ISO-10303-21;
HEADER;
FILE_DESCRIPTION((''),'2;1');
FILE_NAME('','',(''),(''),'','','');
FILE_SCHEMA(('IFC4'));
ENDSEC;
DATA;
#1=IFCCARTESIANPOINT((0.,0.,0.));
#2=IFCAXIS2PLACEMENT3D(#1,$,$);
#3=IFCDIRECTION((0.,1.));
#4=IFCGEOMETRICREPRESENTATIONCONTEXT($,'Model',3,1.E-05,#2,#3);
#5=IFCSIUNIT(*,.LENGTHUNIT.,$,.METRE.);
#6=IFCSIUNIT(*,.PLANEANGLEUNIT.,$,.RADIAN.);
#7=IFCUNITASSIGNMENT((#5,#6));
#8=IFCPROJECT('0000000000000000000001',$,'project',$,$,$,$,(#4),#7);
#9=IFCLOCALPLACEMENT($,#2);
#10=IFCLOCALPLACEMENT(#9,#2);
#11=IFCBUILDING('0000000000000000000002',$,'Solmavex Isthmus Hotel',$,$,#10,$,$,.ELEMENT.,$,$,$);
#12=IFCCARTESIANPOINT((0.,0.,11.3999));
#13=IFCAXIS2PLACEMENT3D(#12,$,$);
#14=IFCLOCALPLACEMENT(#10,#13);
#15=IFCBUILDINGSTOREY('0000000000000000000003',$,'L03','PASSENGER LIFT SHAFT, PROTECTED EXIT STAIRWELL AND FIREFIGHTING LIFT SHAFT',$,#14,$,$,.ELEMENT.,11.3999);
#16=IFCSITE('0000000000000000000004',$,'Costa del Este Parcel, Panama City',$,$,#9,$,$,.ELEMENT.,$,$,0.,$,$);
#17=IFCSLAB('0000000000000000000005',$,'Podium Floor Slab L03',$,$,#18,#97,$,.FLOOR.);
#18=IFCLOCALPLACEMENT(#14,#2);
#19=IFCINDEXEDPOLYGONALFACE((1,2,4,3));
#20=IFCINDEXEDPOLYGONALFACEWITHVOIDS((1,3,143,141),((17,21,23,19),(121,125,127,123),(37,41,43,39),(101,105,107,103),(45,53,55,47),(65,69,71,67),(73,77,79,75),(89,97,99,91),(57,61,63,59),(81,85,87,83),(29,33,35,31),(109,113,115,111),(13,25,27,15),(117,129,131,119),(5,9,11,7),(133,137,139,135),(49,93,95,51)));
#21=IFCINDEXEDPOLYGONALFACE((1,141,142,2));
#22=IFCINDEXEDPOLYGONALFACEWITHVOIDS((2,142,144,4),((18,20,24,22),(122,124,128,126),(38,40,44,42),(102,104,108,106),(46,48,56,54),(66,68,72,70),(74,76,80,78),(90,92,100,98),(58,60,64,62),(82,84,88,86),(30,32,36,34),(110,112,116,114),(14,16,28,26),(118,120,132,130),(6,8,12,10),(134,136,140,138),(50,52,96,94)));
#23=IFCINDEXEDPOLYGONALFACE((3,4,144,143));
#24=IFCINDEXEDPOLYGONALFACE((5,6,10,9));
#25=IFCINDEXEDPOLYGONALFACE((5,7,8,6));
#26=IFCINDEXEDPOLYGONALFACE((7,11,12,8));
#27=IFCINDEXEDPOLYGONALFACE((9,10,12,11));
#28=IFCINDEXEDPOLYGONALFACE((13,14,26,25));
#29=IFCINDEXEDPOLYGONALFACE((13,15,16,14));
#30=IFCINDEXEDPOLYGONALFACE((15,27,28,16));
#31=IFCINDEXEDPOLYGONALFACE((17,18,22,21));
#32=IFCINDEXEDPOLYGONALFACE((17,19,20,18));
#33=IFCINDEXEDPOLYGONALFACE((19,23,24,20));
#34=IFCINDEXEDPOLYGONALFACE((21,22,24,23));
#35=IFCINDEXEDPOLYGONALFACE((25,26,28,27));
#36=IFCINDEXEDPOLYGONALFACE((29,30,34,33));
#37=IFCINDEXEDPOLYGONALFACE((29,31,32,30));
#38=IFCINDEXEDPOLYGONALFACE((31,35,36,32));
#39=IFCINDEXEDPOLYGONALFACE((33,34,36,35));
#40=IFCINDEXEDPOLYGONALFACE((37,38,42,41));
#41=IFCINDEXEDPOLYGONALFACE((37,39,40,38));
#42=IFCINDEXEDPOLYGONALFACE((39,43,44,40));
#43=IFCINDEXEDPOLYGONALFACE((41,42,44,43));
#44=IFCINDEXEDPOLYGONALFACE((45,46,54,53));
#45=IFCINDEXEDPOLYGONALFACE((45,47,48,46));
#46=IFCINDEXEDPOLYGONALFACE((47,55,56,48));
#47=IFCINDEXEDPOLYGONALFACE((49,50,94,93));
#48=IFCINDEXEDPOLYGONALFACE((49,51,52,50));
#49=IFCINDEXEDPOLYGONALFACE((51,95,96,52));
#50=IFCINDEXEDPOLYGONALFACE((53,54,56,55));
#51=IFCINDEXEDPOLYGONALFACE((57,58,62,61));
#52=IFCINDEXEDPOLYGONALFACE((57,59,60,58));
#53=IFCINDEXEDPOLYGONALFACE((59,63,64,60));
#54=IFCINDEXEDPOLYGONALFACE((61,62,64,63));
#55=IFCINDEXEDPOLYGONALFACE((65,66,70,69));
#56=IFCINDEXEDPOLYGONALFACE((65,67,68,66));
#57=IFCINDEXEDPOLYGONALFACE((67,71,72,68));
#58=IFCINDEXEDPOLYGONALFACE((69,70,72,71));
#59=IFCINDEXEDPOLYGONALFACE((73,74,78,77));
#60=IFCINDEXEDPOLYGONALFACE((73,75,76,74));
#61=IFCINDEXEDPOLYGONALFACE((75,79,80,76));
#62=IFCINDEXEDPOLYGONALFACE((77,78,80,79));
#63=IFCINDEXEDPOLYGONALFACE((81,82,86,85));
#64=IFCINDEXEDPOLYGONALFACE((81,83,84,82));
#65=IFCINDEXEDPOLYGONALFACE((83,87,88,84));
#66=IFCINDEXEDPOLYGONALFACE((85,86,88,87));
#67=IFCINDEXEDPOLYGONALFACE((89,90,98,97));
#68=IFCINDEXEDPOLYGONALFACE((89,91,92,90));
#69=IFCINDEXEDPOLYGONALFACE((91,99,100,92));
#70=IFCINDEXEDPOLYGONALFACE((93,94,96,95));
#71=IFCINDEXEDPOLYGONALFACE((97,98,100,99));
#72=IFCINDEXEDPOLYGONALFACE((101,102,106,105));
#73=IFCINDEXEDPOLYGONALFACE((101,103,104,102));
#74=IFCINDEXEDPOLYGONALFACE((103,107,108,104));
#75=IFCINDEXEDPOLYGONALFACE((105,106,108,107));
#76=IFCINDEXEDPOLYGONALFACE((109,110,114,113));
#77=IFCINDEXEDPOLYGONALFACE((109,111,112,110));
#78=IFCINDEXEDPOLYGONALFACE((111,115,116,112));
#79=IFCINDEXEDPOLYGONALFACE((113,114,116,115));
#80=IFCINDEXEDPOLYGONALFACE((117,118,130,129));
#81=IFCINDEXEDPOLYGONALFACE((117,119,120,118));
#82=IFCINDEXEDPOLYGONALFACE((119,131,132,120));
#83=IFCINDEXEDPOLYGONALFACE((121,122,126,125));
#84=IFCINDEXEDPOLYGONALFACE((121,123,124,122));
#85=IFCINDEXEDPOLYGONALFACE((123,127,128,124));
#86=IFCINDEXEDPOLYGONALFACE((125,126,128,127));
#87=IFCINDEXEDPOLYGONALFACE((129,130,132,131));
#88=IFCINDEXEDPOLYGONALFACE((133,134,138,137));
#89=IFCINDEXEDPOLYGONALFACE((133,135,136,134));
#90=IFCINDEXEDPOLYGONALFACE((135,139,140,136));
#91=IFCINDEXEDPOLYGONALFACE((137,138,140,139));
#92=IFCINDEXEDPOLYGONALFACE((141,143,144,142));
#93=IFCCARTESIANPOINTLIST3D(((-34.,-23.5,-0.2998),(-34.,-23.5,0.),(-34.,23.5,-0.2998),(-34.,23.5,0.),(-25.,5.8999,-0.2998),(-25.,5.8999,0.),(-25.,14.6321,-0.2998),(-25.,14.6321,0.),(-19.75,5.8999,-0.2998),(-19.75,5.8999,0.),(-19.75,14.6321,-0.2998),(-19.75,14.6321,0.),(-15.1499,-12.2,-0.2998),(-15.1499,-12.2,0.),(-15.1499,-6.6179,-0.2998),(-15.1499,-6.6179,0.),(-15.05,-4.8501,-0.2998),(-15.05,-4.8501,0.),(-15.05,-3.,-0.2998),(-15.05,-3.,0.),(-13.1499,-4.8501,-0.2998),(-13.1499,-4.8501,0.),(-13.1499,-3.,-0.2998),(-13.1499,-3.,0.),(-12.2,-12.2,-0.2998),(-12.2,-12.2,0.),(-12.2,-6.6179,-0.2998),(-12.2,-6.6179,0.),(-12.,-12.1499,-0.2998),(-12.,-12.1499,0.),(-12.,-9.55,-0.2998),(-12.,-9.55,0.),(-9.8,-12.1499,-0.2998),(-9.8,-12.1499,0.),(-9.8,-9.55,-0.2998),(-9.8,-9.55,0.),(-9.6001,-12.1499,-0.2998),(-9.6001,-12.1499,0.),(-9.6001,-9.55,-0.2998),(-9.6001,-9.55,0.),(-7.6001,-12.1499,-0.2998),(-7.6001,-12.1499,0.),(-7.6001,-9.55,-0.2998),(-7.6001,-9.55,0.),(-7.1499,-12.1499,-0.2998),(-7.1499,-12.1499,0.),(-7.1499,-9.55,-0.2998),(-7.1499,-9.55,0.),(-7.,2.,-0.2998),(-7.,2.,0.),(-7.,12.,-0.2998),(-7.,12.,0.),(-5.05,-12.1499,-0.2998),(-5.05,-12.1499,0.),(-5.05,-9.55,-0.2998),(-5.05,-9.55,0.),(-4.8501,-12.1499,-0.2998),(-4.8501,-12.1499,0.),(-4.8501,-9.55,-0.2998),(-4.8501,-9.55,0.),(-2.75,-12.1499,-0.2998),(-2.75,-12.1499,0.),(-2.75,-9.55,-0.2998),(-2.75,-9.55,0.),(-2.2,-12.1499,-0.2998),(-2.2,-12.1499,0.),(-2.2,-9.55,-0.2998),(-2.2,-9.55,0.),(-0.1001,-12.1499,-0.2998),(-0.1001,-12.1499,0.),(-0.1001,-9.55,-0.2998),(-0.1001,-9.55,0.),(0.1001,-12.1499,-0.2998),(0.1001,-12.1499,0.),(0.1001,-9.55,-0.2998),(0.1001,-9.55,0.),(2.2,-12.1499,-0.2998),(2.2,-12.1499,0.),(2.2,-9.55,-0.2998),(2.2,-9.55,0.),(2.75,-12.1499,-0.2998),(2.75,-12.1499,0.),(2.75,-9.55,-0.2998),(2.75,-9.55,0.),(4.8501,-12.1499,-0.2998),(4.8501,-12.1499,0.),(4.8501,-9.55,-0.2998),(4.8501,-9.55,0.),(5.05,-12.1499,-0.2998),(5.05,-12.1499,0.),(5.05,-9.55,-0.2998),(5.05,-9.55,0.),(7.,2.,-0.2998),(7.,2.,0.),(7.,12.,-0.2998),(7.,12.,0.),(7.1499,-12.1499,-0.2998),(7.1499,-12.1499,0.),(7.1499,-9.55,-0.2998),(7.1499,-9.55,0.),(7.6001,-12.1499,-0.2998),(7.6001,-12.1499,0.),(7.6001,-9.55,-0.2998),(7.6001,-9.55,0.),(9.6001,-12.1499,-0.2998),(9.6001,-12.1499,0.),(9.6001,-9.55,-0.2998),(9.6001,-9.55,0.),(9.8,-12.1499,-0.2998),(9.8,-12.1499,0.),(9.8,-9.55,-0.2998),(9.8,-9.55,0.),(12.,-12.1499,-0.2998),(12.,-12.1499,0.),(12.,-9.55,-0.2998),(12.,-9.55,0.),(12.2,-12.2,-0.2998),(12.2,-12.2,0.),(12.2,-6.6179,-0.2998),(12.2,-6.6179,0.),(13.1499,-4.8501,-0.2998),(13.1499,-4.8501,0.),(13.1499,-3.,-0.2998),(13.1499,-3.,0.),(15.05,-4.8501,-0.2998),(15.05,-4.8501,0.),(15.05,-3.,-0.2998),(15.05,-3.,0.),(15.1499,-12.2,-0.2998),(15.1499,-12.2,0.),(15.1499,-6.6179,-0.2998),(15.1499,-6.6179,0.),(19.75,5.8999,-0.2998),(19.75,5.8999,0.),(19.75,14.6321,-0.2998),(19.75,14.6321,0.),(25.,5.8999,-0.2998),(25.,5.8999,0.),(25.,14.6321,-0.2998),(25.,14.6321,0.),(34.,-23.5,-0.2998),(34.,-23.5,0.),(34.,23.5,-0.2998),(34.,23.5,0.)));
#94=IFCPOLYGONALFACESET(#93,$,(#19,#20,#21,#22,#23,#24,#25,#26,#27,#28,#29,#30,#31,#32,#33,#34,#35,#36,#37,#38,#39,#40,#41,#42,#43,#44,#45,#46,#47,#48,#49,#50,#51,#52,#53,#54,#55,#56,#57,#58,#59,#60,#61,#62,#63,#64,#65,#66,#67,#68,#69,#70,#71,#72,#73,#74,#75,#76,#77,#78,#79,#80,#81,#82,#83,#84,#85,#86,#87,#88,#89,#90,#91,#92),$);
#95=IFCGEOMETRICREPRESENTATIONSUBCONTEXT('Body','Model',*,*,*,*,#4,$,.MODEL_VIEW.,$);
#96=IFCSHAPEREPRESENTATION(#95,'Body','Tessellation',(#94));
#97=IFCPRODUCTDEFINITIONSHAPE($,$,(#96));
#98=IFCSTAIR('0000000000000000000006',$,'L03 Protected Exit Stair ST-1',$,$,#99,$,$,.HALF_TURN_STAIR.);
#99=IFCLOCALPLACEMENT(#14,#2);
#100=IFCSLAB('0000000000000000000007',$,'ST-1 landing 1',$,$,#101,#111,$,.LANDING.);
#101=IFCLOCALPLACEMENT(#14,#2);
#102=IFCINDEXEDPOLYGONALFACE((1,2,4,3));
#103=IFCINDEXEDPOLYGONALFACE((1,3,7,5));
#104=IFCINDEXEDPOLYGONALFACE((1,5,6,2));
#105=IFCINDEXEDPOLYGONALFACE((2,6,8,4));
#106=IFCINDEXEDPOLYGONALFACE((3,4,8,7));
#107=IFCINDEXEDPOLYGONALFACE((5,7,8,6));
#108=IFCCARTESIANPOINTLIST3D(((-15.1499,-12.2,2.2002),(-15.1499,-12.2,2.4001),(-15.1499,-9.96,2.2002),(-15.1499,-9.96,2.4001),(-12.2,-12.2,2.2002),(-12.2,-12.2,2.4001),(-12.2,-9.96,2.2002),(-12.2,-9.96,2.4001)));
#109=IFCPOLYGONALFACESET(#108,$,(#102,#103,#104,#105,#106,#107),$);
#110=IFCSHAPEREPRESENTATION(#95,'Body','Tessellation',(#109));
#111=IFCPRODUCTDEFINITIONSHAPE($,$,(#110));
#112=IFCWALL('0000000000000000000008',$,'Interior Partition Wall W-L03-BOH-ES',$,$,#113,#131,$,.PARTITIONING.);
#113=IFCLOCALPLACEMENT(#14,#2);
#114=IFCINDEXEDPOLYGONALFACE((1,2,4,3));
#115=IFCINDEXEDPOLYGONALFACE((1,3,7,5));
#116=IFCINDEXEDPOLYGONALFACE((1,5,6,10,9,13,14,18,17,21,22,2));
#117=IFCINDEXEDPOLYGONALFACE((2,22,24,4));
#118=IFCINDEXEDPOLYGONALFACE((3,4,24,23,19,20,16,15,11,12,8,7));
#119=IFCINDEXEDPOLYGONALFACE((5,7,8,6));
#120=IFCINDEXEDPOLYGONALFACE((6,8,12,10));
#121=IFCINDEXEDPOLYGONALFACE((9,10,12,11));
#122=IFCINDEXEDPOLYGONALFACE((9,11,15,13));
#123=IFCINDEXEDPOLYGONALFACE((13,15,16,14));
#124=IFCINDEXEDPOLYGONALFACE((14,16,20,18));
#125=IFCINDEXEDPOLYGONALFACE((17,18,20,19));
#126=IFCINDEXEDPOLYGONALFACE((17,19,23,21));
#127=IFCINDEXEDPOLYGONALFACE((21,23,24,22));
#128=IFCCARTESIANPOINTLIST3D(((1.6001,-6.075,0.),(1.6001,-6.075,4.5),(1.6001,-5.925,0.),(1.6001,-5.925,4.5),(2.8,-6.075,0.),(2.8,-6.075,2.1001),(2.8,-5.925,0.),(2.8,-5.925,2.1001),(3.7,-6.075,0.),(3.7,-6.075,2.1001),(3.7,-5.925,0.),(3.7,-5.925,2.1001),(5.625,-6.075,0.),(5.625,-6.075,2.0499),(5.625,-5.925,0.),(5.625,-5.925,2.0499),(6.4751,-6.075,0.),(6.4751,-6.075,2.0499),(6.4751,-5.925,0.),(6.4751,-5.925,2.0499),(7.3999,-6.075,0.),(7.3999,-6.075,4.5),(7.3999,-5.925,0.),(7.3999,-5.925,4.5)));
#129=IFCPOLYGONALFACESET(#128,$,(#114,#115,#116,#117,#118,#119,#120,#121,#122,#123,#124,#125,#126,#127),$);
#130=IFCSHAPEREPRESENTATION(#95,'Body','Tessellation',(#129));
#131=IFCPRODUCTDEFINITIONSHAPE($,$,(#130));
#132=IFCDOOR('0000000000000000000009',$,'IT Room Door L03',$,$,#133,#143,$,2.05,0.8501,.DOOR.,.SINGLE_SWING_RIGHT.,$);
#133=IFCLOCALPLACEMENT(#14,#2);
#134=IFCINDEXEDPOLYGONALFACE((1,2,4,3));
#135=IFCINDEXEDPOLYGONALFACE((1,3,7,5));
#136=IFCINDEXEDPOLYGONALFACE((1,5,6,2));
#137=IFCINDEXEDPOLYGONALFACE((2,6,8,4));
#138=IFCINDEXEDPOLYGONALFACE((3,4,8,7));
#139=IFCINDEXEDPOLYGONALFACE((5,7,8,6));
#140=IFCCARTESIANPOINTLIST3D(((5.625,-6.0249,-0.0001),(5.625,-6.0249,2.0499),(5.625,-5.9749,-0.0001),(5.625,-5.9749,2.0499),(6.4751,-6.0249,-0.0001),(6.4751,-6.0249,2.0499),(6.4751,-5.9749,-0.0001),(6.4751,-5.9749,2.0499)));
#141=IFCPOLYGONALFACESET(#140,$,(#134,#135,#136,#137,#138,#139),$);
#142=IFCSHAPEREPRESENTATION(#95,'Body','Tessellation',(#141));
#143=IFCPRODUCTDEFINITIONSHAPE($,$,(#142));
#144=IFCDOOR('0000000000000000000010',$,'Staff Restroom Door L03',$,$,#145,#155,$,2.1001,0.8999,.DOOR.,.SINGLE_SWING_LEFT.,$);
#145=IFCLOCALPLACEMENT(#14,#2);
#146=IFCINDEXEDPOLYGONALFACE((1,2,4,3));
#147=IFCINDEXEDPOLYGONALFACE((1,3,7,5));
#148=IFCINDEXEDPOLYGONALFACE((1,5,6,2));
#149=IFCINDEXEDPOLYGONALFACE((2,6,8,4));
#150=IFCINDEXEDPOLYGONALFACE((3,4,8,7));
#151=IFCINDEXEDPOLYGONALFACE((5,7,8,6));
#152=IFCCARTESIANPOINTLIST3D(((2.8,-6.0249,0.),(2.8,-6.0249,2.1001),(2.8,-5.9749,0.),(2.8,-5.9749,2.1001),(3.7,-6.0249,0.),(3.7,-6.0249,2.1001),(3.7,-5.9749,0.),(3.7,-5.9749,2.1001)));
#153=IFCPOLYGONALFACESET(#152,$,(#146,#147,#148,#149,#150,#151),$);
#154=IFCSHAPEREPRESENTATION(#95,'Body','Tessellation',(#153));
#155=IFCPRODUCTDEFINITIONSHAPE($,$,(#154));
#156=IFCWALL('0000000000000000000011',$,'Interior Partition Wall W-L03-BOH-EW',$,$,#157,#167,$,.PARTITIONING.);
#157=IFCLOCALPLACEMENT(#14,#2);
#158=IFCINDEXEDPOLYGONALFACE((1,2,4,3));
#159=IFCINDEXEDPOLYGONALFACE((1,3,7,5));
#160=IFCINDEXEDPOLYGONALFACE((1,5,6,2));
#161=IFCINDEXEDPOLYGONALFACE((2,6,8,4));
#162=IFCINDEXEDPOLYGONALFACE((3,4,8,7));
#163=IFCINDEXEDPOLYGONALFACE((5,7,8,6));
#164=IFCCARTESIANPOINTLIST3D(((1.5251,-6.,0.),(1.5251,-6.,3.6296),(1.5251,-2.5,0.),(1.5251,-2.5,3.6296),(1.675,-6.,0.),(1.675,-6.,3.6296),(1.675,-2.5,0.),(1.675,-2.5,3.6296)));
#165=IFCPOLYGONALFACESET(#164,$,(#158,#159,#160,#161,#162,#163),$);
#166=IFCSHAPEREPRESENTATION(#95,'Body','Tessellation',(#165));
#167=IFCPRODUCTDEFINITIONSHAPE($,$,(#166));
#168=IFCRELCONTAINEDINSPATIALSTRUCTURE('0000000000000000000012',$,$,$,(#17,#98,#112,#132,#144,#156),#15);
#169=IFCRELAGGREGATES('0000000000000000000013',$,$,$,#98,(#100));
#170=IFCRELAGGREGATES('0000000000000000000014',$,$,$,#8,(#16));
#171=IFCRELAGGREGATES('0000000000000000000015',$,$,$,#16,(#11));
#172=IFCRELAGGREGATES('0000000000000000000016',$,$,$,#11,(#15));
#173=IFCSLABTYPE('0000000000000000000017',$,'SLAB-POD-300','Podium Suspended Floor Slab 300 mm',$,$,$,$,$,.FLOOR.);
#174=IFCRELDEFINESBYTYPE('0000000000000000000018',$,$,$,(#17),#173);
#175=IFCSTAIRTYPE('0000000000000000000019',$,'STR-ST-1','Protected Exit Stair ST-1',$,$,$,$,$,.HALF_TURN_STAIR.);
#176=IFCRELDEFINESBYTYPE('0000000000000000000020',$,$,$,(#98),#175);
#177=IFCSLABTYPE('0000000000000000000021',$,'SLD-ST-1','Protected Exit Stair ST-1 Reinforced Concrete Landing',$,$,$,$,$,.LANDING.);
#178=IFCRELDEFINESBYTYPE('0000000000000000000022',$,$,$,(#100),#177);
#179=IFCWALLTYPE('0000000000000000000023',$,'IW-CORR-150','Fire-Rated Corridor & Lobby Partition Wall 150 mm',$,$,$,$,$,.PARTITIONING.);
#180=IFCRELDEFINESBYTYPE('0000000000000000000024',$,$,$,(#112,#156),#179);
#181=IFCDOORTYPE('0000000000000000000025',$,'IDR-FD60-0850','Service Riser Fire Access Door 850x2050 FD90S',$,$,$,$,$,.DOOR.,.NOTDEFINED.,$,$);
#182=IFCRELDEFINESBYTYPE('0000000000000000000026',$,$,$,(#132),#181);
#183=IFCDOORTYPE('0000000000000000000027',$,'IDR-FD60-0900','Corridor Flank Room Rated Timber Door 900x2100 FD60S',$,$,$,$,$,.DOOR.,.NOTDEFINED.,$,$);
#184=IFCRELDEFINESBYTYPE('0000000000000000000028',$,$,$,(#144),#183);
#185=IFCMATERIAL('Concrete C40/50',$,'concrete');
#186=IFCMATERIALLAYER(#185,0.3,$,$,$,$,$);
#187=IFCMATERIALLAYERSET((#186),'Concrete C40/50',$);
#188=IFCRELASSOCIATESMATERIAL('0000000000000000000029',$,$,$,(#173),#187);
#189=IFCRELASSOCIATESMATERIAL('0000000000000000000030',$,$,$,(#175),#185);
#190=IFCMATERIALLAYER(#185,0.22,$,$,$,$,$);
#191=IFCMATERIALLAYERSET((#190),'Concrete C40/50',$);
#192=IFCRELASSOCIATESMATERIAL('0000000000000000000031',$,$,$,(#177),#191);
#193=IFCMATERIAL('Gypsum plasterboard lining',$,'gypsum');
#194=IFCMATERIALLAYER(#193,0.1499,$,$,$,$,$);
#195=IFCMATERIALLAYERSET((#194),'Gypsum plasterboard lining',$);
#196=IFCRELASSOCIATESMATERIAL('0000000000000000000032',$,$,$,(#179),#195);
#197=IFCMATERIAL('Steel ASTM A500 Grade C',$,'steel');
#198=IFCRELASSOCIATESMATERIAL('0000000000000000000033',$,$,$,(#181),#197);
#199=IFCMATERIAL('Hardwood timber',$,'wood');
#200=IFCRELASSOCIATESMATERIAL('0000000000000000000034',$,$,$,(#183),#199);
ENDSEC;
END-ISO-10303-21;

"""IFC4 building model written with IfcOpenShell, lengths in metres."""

from ifc_helpers import new_model, si_unit, direction, frame, frame_2d, origin, place, context, subcontext, project, spatial, polyline, rectangle, outline, extrude, material, layer, layer_set, type_object, element, fill, aggregate, save


model = new_model("IFC4")

# Units and contexts
model_context = context("Model", 3, precision=1e-05, world=origin(), true_north=direction((0.0, 1.0)))
body_context = subcontext(model_context, "Body", "Model", "MODEL_VIEW")
ifc_project = project(units=[si_unit("LENGTHUNIT", "METRE"), si_unit("PLANEANGLEUNIT", "RADIAN")], contexts=[model_context])

# Site, building, storey
site_placement = place(None, origin())
site = spatial("IfcSite", under=ifc_project, at=site_placement, Name="Costa del Este Parcel, Panama City", CompositionType="ELEMENT", RefElevation=0.0)
building_placement = place(site_placement, origin())
building = spatial("IfcBuilding", under=site, at=building_placement, Name="Solmavex Isthmus Hotel", CompositionType="ELEMENT")
storey_placement = place(building_placement, frame((0.0, 0.0, 11.3999)))
storey = spatial("IfcBuildingStorey", under=building, at=storey_placement, Name="L03", Description="PASSENGER LIFT SHAFT, PROTECTED EXIT STAIRWELL AND FIREFIGHTING LIFT SHAFT", CompositionType="ELEMENT", Elevation=11.3999)

# Slab
ifc_material_1 = material(Name="Concrete C40/50", Category="concrete")
ifc_layer_1 = layer(ifc_material_1, 0.3)
ifc_layer_set_1 = layer_set([ifc_layer_1], Name="Concrete C40/50")
slab_type_1 = type_object("IfcSlabType", Name="SLAB-POD-300", Description="Podium Suspended Floor Slab 300 mm", PredefinedType="FLOOR", material=ifc_layer_set_1)
slab_1_placement = place(storey_placement, frame((0.0, 0.0, -0.2998)))
element("IfcSlab", 1, at=slab_1_placement, inside=storey, type_object=slab_type_1, Name="Podium Floor Slab L03", PredefinedType="FLOOR", context=body_context, shape_type="SweptSolid", body=[
    extrude(outline(polyline([(-34.0, -23.5), (34.0, -23.5), (34.0, 23.5), (-34.0, 23.5), (-34.0, -23.5)]), holes=[polyline([(-15.1499, -6.6179), (-15.1499, -12.2), (-12.2, -12.2), (-12.2, -6.6179), (-15.1499, -6.6179)]), polyline([(12.2, -6.6179), (12.2, -12.2), (15.1499, -12.2), (15.1499, -6.6179), (12.2, -6.6179)]), polyline([(19.75, 14.6321), (19.75, 5.8999), (25.0, 5.8999), (25.0, 14.6321), (19.75, 14.6321)]), polyline([(-25.0, 14.6321), (-25.0, 5.8999), (-19.75, 5.8999), (-19.75, 14.6321), (-25.0, 14.6321)]), polyline([(-12.0, -12.1499), (-9.8, -12.1499), (-9.8, -9.55), (-12.0, -9.55), (-12.0, -12.1499)]), polyline([(9.8, -12.1499), (12.0, -12.1499), (12.0, -9.55), (9.8, -9.55), (9.8, -12.1499)]), polyline([(-9.6001, -12.1499), (-7.6001, -12.1499), (-7.6001, -9.55), (-9.6001, -9.55), (-9.6001, -12.1499)]), polyline([(7.6001, -12.1499), (9.6001, -12.1499), (9.6001, -9.55), (7.6001, -9.55), (7.6001, -12.1499)]), polyline([(-7.1499, -12.1499), (-5.05, -12.1499), (-5.05, -9.55), (-7.1499, -9.55), (-7.1499, -12.1499)]), polyline([(-4.8501, -12.1499), (-2.75, -12.1499), (-2.75, -9.55), (-4.8501, -9.55), (-4.8501, -12.1499)]), polyline([(-2.2, -12.1499), (-0.1001, -12.1499), (-0.1001, -9.55), (-2.2, -9.55), (-2.2, -12.1499)]), polyline([(0.1001, -12.1499), (2.2, -12.1499), (2.2, -9.55), (0.1001, -9.55), (0.1001, -12.1499)]), polyline([(2.75, -12.1499), (4.8501, -12.1499), (4.8501, -9.55), (2.75, -9.55), (2.75, -12.1499)]), polyline([(5.05, -12.1499), (7.1499, -12.1499), (7.1499, -9.55), (5.05, -9.55), (5.05, -12.1499)]), polyline([(-7.0, 2.0), (7.0, 2.0), (7.0, 12.0), (-7.0, 12.0), (-7.0, 2.0)]), polyline([(-15.05, -4.8501), (-13.1499, -4.8501), (-13.1499, -3.0), (-15.05, -3.0), (-15.05, -4.8501)]), polyline([(13.1499, -4.8501), (15.05, -4.8501), (15.05, -3.0), (13.1499, -3.0), (13.1499, -4.8501)])]), origin(), (0.0, 0.0, 1.0), 0.2998),
])

# Stair, slab
stair_type_1 = type_object("IfcStairType", Name="STR-ST-1", Description="Protected Exit Stair ST-1", PredefinedType="HALF_TURN_STAIR", material=ifc_material_1)
stair_1_placement = place(storey_placement, origin())
stair_1 = element("IfcStair", 2, at=stair_1_placement, inside=storey, type_object=stair_type_1, Name="L03 Protected Exit Stair ST-1", PredefinedType="HALF_TURN_STAIR")
ifc_layer_2 = layer(ifc_material_1, 0.22)
ifc_layer_set_2 = layer_set([ifc_layer_2], Name="Concrete C40/50")
slab_type_2 = type_object("IfcSlabType", Name="SLD-ST-1", Description="Protected Exit Stair ST-1 Reinforced Concrete Landing", PredefinedType="LANDING", material=ifc_layer_set_2)
slab_2_placement = place(storey_placement, frame((0.0, 0.0, 2.2002)))
slab_2 = element("IfcSlab", 3, at=slab_2_placement, type_object=slab_type_2, Name="ST-1 landing 1", PredefinedType="LANDING", context=body_context, shape_type="SweptSolid", body=[
    extrude(outline(polyline([(-15.1499, -9.96), (-15.1499, -12.2), (-12.2, -12.2), (-12.2, -9.96), (-15.1499, -9.96)])), origin(), (0.0, 0.0, 1.0), 0.2),
])
aggregate(stair_1, [slab_2])

# Wall, openings, doors
ifc_material_2 = material(Name="Gypsum plasterboard lining", Category="gypsum")
ifc_layer_3 = layer(ifc_material_2, 0.1499)
ifc_layer_set_3 = layer_set([ifc_layer_3], Name="Gypsum plasterboard lining")
wall_type_1 = type_object("IfcWallType", Name="IW-CORR-150", Description="Fire-Rated Corridor & Lobby Partition Wall 150 mm", PredefinedType="PARTITIONING", material=ifc_layer_set_3)
wall_1_placement = place(storey_placement, frame((1.6001, -6.0, 0.0), z_axis=(0.0, 0.0, 1.0), x_axis=(1.0, 0.0, 0.0)))
wall_1 = element("IfcWall", 4, at=wall_1_placement, inside=storey, type_object=wall_type_1, Name="Interior Partition Wall W-L03-BOH-ES", PredefinedType="PARTITIONING", context=body_context, shape_type="SweptSolid", body=[
    extrude(rectangle(XDim=5.7998, YDim=0.1499, at=frame_2d((2.8999, 0.0))), origin(), (0.0, 0.0, 1.0), 4.5),
])
opening_1_placement = place(wall_1_placement, frame((1.2, 0.0, 0.0)))
opening_1 = element("IfcOpeningElement", 5, at=opening_1_placement, cuts=wall_1, PredefinedType="OPENING", context=body_context, shape_type="SweptSolid", body=[
    extrude(rectangle(XDim=0.8999, YDim=2.1001, at=frame_2d((0.45, 1.05))), frame((0.0, 0.085, 0.0), z_axis=(0.0, -1.0, 0.0), x_axis=(1.0, 0.0, 0.0)), (0.0, 0.0, 1.0), 0.1699),
])
opening_2_placement = place(wall_1_placement, frame((4.0249, 0.0, 0.0)))
opening_2 = element("IfcOpeningElement", 6, at=opening_2_placement, cuts=wall_1, PredefinedType="OPENING", context=body_context, shape_type="SweptSolid", body=[
    extrude(rectangle(XDim=0.8501, YDim=2.05, at=frame_2d((0.425, 1.0249))), frame((0.0, 0.085, 0.0), z_axis=(0.0, -1.0, 0.0), x_axis=(1.0, 0.0, 0.0)), (0.0, 0.0, 1.0), 0.1699),
])
ifc_material_3 = material(Name="Steel ASTM A500 Grade C", Category="steel")
door_type_1 = type_object("IfcDoorType", Name="IDR-FD60-0850", Description="Service Riser Fire Access Door 850x2050 FD90S", OperationType="NOTDEFINED", PredefinedType="DOOR", material=ifc_material_3)
door_1_placement = place(opening_2_placement, frame((0.8501, 0.0, 0.0), z_axis=(0.0, 0.0, 1.0), x_axis=(-1.0, 0.0, 0.0)))
door_1 = element("IfcDoor", 7, at=door_1_placement, inside=storey, type_object=door_type_1, Name="IT Room Door L03", OperationType="SINGLE_SWING_RIGHT", OverallHeight=2.05, OverallWidth=0.8501, PredefinedType="DOOR", context=body_context, shape_type="SweptSolid", body=[
    extrude(rectangle(XDim=0.8501, YDim=2.05, at=frame_2d((0.425, 1.0249))), frame((0.0, 0.0249, 0.0), z_axis=(0.0, -1.0, 0.0), x_axis=(1.0, 0.0, 0.0)), (0.0, 0.0, 1.0), 0.05),
])
fill(opening_2, door_1)
ifc_material_4 = material(Name="Hardwood timber", Category="wood")
door_type_2 = type_object("IfcDoorType", Name="IDR-FD60-0900", Description="Corridor Flank Room Rated Timber Door 900x2100 FD60S", OperationType="NOTDEFINED", PredefinedType="DOOR", material=ifc_material_4)
door_2_placement = place(opening_1_placement, frame((0.8999, 0.0, 0.0), z_axis=(0.0, 0.0, 1.0), x_axis=(-1.0, 0.0, 0.0)))
door_2 = element("IfcDoor", 8, at=door_2_placement, inside=storey, type_object=door_type_2, Name="Staff Restroom Door L03", OperationType="SINGLE_SWING_LEFT", OverallHeight=2.1001, OverallWidth=0.8999, PredefinedType="DOOR", context=body_context, shape_type="SweptSolid", body=[
    extrude(rectangle(XDim=0.8999, YDim=2.1001, at=frame_2d((0.45, 1.05))), frame((0.0, 0.0249, 0.0), z_axis=(0.0, -1.0, 0.0), x_axis=(1.0, 0.0, 0.0)), (0.0, 0.0, 1.0), 0.05),
])
fill(opening_1, door_2)

# Wall
wall_2_placement = place(storey_placement, frame((1.6001, -6.0, 0.0), z_axis=(0.0, 0.0, 1.0), x_axis=(0.0, 1.0, 0.0)))
element("IfcWall", 9, at=wall_2_placement, inside=storey, type_object=wall_type_1, Name="Interior Partition Wall W-L03-BOH-EW", PredefinedType="PARTITIONING", context=body_context, shape_type="SweptSolid", body=[
    extrude(rectangle(XDim=3.5, YDim=0.1499, at=frame_2d((1.75, 0.0))), origin(), (0.0, 0.0, 1.0), 3.6296),
])

save(model, "model.ifc")
